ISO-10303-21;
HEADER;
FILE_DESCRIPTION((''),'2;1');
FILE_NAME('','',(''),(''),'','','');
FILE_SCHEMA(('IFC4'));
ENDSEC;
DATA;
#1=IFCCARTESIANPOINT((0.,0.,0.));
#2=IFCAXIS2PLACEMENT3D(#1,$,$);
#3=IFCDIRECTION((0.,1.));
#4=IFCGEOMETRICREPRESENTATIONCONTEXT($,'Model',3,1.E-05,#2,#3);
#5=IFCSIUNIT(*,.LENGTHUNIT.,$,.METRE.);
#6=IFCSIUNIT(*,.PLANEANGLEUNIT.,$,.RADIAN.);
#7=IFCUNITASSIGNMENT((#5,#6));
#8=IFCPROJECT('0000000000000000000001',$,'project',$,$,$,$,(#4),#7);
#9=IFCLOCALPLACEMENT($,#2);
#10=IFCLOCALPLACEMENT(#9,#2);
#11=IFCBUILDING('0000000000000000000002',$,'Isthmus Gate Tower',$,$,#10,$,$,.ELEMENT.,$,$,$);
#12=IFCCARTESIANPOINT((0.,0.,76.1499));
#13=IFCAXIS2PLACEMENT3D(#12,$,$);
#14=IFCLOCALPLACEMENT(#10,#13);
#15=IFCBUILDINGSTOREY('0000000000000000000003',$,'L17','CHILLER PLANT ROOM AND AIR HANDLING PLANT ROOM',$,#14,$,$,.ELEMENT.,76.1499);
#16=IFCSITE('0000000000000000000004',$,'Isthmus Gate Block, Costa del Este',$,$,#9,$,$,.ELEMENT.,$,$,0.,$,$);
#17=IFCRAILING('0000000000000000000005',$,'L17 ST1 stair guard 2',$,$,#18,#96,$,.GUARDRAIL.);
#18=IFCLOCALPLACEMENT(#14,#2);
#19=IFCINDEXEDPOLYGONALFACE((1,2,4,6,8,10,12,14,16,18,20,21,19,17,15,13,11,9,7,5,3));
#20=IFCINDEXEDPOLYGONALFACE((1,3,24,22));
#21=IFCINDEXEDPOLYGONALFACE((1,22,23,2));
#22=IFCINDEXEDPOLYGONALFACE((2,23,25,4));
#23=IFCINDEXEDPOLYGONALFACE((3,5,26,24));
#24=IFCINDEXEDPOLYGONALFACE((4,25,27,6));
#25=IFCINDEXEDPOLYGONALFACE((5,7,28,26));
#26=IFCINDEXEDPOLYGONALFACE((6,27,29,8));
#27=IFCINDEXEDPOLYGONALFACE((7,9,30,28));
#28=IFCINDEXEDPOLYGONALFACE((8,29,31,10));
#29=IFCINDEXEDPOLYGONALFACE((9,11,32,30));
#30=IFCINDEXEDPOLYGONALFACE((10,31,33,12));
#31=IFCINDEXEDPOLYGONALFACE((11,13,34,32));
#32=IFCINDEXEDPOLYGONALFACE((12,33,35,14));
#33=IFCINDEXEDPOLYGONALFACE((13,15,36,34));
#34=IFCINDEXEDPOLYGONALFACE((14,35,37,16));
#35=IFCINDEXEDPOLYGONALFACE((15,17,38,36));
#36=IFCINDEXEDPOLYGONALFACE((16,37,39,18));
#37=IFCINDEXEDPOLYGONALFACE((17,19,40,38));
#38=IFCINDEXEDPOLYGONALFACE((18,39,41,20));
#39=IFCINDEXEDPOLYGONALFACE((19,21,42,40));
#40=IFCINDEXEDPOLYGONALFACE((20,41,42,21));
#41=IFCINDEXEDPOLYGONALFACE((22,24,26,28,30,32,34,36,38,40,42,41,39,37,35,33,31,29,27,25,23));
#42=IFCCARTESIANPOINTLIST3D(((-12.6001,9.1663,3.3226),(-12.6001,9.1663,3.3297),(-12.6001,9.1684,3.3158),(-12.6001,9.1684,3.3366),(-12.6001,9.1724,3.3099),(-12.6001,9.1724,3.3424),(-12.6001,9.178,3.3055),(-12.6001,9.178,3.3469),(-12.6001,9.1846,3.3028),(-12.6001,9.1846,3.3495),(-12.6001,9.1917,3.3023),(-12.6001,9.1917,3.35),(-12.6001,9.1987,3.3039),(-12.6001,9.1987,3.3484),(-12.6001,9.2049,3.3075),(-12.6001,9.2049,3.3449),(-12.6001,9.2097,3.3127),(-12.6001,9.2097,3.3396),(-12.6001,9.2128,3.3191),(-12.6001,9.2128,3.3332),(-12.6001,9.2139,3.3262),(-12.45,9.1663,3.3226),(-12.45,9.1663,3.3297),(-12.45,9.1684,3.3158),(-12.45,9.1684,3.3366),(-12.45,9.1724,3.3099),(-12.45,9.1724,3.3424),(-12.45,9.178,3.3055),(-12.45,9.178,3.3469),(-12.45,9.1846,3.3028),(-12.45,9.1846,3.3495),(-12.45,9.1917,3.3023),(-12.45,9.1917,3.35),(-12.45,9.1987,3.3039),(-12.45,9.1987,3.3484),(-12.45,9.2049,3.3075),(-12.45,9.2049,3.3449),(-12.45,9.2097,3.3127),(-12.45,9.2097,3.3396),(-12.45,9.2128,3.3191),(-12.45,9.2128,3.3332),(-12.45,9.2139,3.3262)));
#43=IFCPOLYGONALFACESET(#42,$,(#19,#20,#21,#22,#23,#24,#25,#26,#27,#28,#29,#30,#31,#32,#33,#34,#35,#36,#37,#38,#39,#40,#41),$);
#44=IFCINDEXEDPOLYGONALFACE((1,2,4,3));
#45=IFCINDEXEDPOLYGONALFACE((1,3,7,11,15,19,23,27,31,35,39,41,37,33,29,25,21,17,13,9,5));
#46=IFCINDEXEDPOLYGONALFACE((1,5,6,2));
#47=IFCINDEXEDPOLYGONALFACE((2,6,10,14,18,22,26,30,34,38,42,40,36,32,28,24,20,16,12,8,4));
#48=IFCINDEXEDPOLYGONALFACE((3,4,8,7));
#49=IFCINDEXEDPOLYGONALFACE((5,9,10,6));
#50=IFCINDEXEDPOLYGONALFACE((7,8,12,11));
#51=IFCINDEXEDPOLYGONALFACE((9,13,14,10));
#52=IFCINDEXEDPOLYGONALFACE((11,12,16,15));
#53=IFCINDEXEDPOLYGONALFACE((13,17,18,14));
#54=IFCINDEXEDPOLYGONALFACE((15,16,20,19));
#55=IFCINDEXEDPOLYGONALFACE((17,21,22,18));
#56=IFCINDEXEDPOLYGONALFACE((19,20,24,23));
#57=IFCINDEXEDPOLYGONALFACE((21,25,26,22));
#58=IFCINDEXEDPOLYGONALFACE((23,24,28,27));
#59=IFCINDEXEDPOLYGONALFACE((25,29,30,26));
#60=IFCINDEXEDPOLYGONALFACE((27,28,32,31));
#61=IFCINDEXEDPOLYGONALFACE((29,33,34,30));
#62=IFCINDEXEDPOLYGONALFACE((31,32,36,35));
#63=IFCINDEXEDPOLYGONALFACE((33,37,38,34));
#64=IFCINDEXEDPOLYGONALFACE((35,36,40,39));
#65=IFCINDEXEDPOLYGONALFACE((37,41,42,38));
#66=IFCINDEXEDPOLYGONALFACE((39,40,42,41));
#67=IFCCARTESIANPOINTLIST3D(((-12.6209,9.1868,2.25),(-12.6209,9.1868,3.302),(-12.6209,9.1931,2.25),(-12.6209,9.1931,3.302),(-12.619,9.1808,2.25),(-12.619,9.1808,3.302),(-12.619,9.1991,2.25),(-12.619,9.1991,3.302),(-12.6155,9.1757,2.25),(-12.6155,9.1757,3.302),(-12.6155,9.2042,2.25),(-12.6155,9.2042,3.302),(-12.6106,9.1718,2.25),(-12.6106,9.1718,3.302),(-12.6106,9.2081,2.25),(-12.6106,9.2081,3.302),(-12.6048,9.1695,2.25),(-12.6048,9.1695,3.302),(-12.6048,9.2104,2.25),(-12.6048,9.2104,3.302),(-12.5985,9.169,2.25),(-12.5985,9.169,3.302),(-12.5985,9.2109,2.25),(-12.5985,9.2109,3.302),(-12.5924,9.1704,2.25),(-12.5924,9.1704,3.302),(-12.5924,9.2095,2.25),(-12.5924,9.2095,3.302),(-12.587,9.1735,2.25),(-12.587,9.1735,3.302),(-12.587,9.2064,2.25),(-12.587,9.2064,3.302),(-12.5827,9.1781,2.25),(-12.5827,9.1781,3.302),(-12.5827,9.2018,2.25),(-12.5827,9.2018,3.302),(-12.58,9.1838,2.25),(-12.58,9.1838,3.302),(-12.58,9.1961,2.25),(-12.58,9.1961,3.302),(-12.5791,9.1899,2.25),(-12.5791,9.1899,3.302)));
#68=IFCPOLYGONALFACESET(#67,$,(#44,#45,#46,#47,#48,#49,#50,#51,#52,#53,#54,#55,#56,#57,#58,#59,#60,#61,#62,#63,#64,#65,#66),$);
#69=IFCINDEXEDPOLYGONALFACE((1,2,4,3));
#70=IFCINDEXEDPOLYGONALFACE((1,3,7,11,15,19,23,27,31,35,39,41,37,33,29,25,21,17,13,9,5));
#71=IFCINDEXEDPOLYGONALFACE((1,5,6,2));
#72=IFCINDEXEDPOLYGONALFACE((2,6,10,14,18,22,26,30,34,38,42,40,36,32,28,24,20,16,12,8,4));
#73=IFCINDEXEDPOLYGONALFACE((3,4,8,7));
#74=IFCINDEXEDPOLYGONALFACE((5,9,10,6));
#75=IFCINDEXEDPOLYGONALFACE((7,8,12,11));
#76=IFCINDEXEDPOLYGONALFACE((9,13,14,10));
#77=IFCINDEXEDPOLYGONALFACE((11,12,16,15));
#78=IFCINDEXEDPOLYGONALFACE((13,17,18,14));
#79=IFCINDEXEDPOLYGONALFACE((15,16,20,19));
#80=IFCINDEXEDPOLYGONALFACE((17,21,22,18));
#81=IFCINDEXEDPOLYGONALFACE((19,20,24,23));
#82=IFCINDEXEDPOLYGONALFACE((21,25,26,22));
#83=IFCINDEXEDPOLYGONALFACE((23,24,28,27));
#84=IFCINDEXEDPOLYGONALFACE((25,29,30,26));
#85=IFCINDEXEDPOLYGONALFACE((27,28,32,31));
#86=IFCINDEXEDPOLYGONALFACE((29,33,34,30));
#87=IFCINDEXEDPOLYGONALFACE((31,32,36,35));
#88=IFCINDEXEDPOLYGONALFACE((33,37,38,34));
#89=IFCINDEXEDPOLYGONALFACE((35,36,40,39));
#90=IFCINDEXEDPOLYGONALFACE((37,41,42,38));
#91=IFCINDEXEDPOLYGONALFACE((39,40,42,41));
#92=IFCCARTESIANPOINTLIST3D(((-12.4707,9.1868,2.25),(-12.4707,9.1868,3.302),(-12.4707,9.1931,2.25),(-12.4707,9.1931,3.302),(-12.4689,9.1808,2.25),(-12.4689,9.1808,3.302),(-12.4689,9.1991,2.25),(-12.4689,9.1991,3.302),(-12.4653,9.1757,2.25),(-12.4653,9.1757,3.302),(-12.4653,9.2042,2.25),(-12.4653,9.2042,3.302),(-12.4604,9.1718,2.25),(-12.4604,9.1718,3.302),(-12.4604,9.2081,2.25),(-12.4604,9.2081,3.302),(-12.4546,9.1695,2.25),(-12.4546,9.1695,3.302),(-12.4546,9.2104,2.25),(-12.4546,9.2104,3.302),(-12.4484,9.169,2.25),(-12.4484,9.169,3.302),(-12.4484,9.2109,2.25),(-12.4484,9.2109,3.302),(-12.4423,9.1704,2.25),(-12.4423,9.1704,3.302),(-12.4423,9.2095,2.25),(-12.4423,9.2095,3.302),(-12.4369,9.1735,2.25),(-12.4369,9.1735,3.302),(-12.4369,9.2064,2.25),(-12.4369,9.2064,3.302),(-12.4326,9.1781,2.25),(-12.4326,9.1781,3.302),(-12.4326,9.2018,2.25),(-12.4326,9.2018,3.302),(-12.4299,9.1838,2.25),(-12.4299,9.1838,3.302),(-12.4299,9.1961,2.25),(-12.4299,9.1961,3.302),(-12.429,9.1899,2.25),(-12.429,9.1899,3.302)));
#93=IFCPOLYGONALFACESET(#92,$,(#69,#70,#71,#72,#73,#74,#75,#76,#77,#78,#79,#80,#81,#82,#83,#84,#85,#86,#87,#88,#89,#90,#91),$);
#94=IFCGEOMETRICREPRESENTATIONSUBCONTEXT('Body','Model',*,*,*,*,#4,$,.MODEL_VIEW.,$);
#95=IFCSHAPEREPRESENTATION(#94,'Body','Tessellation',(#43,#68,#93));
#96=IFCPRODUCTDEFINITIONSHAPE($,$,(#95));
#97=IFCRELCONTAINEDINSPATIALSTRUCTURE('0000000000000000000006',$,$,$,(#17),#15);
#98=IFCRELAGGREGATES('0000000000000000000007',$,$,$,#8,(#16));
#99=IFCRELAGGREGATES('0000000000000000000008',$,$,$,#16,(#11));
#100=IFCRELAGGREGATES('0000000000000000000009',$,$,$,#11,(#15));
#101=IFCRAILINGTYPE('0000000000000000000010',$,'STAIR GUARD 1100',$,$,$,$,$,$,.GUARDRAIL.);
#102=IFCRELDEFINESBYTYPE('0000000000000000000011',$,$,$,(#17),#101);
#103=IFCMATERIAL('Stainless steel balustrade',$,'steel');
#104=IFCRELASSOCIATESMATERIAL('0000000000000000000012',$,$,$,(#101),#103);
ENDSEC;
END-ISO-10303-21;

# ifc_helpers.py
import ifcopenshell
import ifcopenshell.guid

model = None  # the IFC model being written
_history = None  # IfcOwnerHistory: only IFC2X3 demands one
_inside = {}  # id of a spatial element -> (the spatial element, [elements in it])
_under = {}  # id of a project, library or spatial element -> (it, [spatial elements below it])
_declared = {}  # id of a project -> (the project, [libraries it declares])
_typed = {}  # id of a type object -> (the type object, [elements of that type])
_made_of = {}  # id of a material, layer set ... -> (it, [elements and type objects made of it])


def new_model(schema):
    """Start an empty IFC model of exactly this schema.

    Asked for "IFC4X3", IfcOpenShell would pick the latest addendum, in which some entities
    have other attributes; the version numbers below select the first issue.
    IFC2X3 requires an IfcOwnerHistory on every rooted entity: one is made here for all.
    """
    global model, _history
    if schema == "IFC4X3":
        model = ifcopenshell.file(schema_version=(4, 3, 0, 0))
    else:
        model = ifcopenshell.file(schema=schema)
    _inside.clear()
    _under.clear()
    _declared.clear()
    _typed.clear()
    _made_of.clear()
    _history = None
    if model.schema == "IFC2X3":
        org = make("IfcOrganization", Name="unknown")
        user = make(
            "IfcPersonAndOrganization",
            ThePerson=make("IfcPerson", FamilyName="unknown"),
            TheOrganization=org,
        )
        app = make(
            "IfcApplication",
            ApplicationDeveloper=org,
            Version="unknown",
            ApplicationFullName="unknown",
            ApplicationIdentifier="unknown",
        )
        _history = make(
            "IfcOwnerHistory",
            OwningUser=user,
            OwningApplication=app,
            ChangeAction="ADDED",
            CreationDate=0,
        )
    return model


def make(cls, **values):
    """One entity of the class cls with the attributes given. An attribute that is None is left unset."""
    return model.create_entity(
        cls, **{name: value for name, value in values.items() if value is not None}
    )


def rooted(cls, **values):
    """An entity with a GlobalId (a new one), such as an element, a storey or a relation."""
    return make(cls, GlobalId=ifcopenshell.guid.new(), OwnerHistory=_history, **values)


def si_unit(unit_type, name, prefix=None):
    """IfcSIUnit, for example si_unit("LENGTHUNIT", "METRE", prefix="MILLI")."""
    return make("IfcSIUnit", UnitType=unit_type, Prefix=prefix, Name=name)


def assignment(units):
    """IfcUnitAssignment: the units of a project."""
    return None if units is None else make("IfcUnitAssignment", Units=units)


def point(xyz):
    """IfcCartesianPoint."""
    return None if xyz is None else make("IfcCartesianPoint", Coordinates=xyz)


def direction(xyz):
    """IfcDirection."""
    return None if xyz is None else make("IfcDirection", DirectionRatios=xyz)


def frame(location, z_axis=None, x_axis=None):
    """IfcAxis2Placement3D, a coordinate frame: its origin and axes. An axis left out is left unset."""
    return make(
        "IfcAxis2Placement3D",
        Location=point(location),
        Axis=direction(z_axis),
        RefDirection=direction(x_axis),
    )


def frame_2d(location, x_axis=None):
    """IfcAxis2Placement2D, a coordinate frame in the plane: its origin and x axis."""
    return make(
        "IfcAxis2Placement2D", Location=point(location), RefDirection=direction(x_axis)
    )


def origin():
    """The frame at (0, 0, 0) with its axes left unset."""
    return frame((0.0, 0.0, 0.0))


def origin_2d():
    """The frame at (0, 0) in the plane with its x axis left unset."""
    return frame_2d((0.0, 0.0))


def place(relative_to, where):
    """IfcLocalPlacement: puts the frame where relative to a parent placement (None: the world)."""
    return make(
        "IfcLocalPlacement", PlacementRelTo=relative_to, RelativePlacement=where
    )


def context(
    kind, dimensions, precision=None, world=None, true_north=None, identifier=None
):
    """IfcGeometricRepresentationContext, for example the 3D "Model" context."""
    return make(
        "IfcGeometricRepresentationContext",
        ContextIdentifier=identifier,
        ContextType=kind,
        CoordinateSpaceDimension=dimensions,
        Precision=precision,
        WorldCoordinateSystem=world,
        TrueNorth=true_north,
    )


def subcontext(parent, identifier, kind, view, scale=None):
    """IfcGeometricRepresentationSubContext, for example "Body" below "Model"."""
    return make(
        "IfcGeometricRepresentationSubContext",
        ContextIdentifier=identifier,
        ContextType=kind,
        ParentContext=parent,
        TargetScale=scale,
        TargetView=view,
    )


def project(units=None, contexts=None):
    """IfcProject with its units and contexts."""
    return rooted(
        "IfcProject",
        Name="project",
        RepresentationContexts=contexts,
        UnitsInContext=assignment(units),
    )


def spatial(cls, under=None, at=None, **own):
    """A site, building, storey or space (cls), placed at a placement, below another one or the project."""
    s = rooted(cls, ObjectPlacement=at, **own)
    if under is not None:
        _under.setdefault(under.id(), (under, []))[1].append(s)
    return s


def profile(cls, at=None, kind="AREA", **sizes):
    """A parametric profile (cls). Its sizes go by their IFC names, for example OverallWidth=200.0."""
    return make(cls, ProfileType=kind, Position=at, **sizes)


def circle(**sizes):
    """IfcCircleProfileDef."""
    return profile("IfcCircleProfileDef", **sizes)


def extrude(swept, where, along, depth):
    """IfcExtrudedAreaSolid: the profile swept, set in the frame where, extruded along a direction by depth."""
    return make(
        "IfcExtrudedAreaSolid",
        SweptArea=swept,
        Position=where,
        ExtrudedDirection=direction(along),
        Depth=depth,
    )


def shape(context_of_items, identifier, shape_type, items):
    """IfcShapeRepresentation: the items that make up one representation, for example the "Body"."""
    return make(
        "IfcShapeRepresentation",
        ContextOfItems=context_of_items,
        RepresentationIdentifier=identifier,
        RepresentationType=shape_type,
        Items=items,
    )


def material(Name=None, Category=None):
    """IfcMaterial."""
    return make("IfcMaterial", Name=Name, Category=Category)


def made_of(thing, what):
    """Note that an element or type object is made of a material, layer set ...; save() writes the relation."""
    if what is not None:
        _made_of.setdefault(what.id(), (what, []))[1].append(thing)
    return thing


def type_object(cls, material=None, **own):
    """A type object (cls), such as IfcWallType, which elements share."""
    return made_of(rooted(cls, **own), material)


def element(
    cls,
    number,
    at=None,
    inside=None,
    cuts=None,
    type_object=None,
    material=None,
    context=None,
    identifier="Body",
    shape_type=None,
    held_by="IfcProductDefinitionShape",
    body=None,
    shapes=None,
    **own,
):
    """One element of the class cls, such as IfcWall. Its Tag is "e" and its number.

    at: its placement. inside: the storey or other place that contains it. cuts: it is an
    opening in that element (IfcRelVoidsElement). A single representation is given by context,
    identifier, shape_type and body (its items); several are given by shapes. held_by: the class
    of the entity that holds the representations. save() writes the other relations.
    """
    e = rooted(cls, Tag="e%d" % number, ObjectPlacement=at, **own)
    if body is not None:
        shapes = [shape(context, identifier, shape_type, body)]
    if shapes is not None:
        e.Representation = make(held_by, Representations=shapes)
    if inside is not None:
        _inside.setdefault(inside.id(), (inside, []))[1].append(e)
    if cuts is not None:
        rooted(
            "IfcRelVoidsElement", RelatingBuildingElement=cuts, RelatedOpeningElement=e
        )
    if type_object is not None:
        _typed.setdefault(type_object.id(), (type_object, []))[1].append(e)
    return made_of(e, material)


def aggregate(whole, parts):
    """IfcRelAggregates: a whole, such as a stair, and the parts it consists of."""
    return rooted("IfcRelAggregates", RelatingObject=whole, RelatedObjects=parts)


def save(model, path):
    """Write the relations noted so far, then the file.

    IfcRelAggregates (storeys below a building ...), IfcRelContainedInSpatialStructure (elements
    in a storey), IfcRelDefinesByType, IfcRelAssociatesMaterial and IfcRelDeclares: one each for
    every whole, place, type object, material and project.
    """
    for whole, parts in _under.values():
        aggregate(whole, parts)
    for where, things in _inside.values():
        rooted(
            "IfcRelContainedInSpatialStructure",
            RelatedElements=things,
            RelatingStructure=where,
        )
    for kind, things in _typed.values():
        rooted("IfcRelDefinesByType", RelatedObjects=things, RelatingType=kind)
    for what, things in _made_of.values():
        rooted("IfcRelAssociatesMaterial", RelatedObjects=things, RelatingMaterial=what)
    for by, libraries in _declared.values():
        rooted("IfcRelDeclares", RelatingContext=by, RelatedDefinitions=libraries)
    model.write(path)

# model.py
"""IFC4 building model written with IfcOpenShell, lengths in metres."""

from ifc_helpers import new_model, si_unit, direction, frame, origin, origin_2d, place, context, subcontext, project, spatial, circle, extrude, material, type_object, element, save


model = new_model("IFC4")

# Units and contexts
model_context = context("Model", 3, precision=1e-05, world=origin(), true_north=direction((0.0, 1.0)))
body_context = subcontext(model_context, "Body", "Model", "MODEL_VIEW")
ifc_project = project(units=[si_unit("LENGTHUNIT", "METRE"), si_unit("PLANEANGLEUNIT", "RADIAN")], contexts=[model_context])

# Site, building, storey
site_placement = place(None, origin())
site = spatial("IfcSite", under=ifc_project, at=site_placement, Name="Isthmus Gate Block, Costa del Este", CompositionType="ELEMENT", RefElevation=0.0)
building_placement = place(site_placement, origin())
building = spatial("IfcBuilding", under=site, at=building_placement, Name="Isthmus Gate Tower", CompositionType="ELEMENT")
storey_placement = place(building_placement, frame((0.0, 0.0, 76.1499)))
storey = spatial("IfcBuildingStorey", under=building, at=storey_placement, Name="L17", Description="CHILLER PLANT ROOM AND AIR HANDLING PLANT ROOM", CompositionType="ELEMENT", Elevation=76.1499)

# Railing
ifc_material_1 = material(Name="Stainless steel balustrade", Category="steel")
railing_type_1 = type_object("IfcRailingType", Name="STAIR GUARD 1100", PredefinedType="GUARDRAIL", material=ifc_material_1)
railing_1_placement = place(storey_placement, frame((-12.6001, 9.1899, 2.25)))
element("IfcRailing", 1, at=railing_1_placement, inside=storey, type_object=railing_type_1, Name="L17 ST1 stair guard 2", PredefinedType="GUARDRAIL", context=body_context, shape_type="SweptSolid", body=[
    extrude(circle(Radius=0.0239, at=origin_2d()), frame((0.0, 0.0, 1.0762), z_axis=(1.0, 0.0, 0.0), x_axis=(0.0, 1.0, 0.0)), (0.0, 0.0, 1.0), 0.1501),
    extrude(circle(Radius=0.021, at=origin_2d()), origin(), (0.0, 0.0, 1.0), 1.052),
    extrude(circle(Radius=0.021, at=origin_2d()), frame((0.1501, 0.0, 0.0)), (0.0, 0.0, 1.0), 1.052),
])

save(model, "model.ifc")
